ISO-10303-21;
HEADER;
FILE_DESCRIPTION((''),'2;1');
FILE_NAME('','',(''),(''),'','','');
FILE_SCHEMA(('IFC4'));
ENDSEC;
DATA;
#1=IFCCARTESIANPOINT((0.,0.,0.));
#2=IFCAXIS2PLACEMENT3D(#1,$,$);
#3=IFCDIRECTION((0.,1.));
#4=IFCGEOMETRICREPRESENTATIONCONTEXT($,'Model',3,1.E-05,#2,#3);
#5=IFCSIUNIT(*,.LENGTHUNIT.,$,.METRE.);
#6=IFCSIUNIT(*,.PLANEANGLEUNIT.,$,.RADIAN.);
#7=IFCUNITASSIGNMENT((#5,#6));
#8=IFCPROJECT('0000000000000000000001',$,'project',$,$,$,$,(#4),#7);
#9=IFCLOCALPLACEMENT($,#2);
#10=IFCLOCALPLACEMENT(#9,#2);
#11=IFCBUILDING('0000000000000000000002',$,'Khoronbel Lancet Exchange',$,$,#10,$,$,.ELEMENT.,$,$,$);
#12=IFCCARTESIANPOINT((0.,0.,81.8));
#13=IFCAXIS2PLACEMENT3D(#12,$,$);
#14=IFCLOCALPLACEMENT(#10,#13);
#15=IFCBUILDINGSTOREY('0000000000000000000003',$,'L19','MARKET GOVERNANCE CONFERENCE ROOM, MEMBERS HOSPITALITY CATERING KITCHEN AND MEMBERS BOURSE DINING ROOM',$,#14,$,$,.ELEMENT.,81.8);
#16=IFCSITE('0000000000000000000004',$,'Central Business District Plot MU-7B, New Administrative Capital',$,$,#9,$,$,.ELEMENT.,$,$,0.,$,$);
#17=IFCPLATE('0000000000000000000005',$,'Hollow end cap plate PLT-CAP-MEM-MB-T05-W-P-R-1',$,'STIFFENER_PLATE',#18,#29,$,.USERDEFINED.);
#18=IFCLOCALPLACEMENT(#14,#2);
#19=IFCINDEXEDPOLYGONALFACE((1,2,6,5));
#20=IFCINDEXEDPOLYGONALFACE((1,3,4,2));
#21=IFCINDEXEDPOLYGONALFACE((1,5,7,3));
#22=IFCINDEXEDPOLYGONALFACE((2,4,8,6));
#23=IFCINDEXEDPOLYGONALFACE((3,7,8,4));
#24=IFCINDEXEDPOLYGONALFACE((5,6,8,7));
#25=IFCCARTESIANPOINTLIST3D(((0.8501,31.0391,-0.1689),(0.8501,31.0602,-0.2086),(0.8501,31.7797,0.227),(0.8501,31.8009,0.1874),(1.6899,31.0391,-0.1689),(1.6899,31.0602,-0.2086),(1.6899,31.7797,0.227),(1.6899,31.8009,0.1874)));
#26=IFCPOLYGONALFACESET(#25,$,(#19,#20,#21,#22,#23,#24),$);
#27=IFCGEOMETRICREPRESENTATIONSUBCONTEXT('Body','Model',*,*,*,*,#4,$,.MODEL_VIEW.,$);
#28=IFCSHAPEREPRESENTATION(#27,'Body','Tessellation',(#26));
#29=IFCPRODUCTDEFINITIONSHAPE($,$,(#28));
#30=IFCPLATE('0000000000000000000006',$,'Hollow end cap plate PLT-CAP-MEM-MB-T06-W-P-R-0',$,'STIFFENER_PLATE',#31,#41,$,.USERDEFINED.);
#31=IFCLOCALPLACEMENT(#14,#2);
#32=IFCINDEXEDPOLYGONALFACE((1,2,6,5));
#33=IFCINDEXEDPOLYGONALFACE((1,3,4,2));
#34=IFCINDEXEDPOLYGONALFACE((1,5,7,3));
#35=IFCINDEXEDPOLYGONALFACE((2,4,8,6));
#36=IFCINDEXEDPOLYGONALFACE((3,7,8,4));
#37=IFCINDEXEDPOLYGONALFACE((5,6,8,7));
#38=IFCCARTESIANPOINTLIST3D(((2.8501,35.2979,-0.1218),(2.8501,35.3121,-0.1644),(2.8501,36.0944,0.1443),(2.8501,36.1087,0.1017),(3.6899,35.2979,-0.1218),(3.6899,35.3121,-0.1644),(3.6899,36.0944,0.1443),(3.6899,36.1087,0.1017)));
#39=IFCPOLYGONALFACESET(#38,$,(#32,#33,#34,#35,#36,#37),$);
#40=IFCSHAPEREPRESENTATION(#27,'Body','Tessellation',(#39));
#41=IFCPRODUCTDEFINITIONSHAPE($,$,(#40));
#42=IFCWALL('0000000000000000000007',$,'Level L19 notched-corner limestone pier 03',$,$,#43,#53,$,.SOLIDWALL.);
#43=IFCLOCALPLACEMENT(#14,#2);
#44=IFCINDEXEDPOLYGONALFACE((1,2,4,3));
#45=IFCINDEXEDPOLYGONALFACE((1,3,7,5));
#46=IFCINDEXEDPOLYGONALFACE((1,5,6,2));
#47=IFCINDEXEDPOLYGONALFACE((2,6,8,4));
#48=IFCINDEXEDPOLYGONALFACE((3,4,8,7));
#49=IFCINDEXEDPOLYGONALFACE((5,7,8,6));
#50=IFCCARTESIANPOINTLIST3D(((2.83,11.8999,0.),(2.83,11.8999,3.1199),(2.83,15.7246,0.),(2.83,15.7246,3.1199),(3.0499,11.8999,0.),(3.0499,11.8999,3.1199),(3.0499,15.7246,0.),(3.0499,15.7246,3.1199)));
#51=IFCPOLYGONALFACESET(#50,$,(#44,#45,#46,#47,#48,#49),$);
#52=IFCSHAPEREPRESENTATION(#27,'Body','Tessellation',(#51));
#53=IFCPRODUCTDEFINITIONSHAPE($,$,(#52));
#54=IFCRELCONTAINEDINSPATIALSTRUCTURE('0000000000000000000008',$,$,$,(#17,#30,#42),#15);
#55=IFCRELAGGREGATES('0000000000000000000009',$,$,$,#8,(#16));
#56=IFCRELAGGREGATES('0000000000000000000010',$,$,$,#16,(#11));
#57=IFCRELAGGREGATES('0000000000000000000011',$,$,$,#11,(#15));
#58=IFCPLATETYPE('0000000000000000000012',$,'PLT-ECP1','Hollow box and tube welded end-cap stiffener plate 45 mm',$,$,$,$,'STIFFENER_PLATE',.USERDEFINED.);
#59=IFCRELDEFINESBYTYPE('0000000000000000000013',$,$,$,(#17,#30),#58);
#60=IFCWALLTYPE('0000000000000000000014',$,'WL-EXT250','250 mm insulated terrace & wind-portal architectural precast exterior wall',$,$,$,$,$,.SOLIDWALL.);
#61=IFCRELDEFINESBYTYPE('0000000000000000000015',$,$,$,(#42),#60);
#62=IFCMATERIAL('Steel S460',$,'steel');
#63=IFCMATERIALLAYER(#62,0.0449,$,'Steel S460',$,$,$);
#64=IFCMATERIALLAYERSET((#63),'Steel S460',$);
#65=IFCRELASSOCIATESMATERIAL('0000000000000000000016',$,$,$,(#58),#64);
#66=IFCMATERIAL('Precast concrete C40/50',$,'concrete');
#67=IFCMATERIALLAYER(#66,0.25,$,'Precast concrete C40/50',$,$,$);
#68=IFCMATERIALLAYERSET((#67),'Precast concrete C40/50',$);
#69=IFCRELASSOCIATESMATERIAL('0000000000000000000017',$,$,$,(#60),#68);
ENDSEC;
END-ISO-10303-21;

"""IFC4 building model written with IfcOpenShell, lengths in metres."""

from ifc_helpers import new_model, si_unit, direction, frame, frame_2d, origin, place, context, subcontext, project, spatial, polyline, rectangle, outline, extrude, material, layer, layer_set, type_object, element, save


model = new_model("IFC4")

# Units and contexts
model_context = context("Model", 3, precision=1e-05, world=origin(), true_north=direction((0.0, 1.0)))
body_context = subcontext(model_context, "Body", "Model", "MODEL_VIEW")
ifc_project = project(units=[si_unit("LENGTHUNIT", "METRE"), si_unit("PLANEANGLEUNIT", "RADIAN")], contexts=[model_context])

# Site, building, storey
site_placement = place(None, origin())
site = spatial("IfcSite", under=ifc_project, at=site_placement, Name="Central Business District Plot MU-7B, New Administrative Capital", CompositionType="ELEMENT", RefElevation=0.0)
building_placement = place(site_placement, origin())
building = spatial("IfcBuilding", under=site, at=building_placement, Name="Khoronbel Lancet Exchange", CompositionType="ELEMENT")
storey_placement = place(building_placement, frame((0.0, 0.0, 81.8)))
storey = spatial("IfcBuildingStorey", under=building, at=storey_placement, Name="L19", Description="MARKET GOVERNANCE CONFERENCE ROOM, MEMBERS HOSPITALITY CATERING KITCHEN AND MEMBERS BOURSE DINING ROOM", CompositionType="ELEMENT", Elevation=81.8)

# Plates
ifc_material_1 = material(Name="Steel S460", Category="steel")
ifc_layer_1 = layer(ifc_material_1, 0.0449, Name="Steel S460")
ifc_layer_set_1 = layer_set([ifc_layer_1], Name="Steel S460")
plate_type_1 = type_object("IfcPlateType", Name="PLT-ECP1", Description="Hollow box and tube welded end-cap stiffener plate 45 mm", ElementType="STIFFENER_PLATE", PredefinedType="USERDEFINED", material=ifc_layer_set_1)
for number, where, z_axis, x_axis, name in (
    (1, (0.8501, 31.0391, -0.1689), (0.0, -0.471463, 0.881886), (1.0, 0.0, 0.0), "Hollow end cap plate PLT-CAP-MEM-MB-T05-W-P-R-1"),
    (2, (2.8501, 35.2979, -0.1218), (0.0, -0.316838, 0.94848), (1.0, 0.0, 0.0), "Hollow end cap plate PLT-CAP-MEM-MB-T06-W-P-R-0"),
):
    element("IfcPlate", number, at=place(storey_placement, frame(where, z_axis=z_axis, x_axis=x_axis)), inside=storey, type_object=plate_type_1, Name=name, ObjectType="STIFFENER_PLATE", PredefinedType="USERDEFINED", context=body_context, shape_type="SweptSolid", body=[
        extrude(outline(polyline([(0.0, 0.0), (0.8398, 0.0), (0.8398, 0.8398), (0.0, 0.8398), (0.0, 0.0)])), origin(), (0.0, 0.0, -1.0), 0.0449),
    ])

# Wall
ifc_material_2 = material(Name="Precast concrete C40/50", Category="concrete")
ifc_layer_2 = layer(ifc_material_2, 0.25, Name="Precast concrete C40/50")
ifc_layer_set_2 = layer_set([ifc_layer_2], Name="Precast concrete C40/50")
wall_type = type_object("IfcWallType", Name="WL-EXT250", Description="250 mm insulated terrace & wind-portal architectural precast exterior wall", PredefinedType="SOLIDWALL", material=ifc_layer_set_2)
wall_placement = place(storey_placement, frame((2.9399, 11.8999, 0.0), z_axis=(0.0, 0.0, 1.0), x_axis=(0.0, 1.0, 0.0)))
element("IfcWall", 3, at=wall_placement, inside=storey, type_object=wall_type, Name="Level L19 notched-corner limestone pier 03", PredefinedType="SOLIDWALL", context=body_context, shape_type="SweptSolid", body=[
    extrude(rectangle(XDim=3.8247, YDim=0.22, at=frame_2d((1.9124, 0.0))), origin(), (0.0, 0.0, 1.0), 3.1199),
])

save(model, "model.ifc")
